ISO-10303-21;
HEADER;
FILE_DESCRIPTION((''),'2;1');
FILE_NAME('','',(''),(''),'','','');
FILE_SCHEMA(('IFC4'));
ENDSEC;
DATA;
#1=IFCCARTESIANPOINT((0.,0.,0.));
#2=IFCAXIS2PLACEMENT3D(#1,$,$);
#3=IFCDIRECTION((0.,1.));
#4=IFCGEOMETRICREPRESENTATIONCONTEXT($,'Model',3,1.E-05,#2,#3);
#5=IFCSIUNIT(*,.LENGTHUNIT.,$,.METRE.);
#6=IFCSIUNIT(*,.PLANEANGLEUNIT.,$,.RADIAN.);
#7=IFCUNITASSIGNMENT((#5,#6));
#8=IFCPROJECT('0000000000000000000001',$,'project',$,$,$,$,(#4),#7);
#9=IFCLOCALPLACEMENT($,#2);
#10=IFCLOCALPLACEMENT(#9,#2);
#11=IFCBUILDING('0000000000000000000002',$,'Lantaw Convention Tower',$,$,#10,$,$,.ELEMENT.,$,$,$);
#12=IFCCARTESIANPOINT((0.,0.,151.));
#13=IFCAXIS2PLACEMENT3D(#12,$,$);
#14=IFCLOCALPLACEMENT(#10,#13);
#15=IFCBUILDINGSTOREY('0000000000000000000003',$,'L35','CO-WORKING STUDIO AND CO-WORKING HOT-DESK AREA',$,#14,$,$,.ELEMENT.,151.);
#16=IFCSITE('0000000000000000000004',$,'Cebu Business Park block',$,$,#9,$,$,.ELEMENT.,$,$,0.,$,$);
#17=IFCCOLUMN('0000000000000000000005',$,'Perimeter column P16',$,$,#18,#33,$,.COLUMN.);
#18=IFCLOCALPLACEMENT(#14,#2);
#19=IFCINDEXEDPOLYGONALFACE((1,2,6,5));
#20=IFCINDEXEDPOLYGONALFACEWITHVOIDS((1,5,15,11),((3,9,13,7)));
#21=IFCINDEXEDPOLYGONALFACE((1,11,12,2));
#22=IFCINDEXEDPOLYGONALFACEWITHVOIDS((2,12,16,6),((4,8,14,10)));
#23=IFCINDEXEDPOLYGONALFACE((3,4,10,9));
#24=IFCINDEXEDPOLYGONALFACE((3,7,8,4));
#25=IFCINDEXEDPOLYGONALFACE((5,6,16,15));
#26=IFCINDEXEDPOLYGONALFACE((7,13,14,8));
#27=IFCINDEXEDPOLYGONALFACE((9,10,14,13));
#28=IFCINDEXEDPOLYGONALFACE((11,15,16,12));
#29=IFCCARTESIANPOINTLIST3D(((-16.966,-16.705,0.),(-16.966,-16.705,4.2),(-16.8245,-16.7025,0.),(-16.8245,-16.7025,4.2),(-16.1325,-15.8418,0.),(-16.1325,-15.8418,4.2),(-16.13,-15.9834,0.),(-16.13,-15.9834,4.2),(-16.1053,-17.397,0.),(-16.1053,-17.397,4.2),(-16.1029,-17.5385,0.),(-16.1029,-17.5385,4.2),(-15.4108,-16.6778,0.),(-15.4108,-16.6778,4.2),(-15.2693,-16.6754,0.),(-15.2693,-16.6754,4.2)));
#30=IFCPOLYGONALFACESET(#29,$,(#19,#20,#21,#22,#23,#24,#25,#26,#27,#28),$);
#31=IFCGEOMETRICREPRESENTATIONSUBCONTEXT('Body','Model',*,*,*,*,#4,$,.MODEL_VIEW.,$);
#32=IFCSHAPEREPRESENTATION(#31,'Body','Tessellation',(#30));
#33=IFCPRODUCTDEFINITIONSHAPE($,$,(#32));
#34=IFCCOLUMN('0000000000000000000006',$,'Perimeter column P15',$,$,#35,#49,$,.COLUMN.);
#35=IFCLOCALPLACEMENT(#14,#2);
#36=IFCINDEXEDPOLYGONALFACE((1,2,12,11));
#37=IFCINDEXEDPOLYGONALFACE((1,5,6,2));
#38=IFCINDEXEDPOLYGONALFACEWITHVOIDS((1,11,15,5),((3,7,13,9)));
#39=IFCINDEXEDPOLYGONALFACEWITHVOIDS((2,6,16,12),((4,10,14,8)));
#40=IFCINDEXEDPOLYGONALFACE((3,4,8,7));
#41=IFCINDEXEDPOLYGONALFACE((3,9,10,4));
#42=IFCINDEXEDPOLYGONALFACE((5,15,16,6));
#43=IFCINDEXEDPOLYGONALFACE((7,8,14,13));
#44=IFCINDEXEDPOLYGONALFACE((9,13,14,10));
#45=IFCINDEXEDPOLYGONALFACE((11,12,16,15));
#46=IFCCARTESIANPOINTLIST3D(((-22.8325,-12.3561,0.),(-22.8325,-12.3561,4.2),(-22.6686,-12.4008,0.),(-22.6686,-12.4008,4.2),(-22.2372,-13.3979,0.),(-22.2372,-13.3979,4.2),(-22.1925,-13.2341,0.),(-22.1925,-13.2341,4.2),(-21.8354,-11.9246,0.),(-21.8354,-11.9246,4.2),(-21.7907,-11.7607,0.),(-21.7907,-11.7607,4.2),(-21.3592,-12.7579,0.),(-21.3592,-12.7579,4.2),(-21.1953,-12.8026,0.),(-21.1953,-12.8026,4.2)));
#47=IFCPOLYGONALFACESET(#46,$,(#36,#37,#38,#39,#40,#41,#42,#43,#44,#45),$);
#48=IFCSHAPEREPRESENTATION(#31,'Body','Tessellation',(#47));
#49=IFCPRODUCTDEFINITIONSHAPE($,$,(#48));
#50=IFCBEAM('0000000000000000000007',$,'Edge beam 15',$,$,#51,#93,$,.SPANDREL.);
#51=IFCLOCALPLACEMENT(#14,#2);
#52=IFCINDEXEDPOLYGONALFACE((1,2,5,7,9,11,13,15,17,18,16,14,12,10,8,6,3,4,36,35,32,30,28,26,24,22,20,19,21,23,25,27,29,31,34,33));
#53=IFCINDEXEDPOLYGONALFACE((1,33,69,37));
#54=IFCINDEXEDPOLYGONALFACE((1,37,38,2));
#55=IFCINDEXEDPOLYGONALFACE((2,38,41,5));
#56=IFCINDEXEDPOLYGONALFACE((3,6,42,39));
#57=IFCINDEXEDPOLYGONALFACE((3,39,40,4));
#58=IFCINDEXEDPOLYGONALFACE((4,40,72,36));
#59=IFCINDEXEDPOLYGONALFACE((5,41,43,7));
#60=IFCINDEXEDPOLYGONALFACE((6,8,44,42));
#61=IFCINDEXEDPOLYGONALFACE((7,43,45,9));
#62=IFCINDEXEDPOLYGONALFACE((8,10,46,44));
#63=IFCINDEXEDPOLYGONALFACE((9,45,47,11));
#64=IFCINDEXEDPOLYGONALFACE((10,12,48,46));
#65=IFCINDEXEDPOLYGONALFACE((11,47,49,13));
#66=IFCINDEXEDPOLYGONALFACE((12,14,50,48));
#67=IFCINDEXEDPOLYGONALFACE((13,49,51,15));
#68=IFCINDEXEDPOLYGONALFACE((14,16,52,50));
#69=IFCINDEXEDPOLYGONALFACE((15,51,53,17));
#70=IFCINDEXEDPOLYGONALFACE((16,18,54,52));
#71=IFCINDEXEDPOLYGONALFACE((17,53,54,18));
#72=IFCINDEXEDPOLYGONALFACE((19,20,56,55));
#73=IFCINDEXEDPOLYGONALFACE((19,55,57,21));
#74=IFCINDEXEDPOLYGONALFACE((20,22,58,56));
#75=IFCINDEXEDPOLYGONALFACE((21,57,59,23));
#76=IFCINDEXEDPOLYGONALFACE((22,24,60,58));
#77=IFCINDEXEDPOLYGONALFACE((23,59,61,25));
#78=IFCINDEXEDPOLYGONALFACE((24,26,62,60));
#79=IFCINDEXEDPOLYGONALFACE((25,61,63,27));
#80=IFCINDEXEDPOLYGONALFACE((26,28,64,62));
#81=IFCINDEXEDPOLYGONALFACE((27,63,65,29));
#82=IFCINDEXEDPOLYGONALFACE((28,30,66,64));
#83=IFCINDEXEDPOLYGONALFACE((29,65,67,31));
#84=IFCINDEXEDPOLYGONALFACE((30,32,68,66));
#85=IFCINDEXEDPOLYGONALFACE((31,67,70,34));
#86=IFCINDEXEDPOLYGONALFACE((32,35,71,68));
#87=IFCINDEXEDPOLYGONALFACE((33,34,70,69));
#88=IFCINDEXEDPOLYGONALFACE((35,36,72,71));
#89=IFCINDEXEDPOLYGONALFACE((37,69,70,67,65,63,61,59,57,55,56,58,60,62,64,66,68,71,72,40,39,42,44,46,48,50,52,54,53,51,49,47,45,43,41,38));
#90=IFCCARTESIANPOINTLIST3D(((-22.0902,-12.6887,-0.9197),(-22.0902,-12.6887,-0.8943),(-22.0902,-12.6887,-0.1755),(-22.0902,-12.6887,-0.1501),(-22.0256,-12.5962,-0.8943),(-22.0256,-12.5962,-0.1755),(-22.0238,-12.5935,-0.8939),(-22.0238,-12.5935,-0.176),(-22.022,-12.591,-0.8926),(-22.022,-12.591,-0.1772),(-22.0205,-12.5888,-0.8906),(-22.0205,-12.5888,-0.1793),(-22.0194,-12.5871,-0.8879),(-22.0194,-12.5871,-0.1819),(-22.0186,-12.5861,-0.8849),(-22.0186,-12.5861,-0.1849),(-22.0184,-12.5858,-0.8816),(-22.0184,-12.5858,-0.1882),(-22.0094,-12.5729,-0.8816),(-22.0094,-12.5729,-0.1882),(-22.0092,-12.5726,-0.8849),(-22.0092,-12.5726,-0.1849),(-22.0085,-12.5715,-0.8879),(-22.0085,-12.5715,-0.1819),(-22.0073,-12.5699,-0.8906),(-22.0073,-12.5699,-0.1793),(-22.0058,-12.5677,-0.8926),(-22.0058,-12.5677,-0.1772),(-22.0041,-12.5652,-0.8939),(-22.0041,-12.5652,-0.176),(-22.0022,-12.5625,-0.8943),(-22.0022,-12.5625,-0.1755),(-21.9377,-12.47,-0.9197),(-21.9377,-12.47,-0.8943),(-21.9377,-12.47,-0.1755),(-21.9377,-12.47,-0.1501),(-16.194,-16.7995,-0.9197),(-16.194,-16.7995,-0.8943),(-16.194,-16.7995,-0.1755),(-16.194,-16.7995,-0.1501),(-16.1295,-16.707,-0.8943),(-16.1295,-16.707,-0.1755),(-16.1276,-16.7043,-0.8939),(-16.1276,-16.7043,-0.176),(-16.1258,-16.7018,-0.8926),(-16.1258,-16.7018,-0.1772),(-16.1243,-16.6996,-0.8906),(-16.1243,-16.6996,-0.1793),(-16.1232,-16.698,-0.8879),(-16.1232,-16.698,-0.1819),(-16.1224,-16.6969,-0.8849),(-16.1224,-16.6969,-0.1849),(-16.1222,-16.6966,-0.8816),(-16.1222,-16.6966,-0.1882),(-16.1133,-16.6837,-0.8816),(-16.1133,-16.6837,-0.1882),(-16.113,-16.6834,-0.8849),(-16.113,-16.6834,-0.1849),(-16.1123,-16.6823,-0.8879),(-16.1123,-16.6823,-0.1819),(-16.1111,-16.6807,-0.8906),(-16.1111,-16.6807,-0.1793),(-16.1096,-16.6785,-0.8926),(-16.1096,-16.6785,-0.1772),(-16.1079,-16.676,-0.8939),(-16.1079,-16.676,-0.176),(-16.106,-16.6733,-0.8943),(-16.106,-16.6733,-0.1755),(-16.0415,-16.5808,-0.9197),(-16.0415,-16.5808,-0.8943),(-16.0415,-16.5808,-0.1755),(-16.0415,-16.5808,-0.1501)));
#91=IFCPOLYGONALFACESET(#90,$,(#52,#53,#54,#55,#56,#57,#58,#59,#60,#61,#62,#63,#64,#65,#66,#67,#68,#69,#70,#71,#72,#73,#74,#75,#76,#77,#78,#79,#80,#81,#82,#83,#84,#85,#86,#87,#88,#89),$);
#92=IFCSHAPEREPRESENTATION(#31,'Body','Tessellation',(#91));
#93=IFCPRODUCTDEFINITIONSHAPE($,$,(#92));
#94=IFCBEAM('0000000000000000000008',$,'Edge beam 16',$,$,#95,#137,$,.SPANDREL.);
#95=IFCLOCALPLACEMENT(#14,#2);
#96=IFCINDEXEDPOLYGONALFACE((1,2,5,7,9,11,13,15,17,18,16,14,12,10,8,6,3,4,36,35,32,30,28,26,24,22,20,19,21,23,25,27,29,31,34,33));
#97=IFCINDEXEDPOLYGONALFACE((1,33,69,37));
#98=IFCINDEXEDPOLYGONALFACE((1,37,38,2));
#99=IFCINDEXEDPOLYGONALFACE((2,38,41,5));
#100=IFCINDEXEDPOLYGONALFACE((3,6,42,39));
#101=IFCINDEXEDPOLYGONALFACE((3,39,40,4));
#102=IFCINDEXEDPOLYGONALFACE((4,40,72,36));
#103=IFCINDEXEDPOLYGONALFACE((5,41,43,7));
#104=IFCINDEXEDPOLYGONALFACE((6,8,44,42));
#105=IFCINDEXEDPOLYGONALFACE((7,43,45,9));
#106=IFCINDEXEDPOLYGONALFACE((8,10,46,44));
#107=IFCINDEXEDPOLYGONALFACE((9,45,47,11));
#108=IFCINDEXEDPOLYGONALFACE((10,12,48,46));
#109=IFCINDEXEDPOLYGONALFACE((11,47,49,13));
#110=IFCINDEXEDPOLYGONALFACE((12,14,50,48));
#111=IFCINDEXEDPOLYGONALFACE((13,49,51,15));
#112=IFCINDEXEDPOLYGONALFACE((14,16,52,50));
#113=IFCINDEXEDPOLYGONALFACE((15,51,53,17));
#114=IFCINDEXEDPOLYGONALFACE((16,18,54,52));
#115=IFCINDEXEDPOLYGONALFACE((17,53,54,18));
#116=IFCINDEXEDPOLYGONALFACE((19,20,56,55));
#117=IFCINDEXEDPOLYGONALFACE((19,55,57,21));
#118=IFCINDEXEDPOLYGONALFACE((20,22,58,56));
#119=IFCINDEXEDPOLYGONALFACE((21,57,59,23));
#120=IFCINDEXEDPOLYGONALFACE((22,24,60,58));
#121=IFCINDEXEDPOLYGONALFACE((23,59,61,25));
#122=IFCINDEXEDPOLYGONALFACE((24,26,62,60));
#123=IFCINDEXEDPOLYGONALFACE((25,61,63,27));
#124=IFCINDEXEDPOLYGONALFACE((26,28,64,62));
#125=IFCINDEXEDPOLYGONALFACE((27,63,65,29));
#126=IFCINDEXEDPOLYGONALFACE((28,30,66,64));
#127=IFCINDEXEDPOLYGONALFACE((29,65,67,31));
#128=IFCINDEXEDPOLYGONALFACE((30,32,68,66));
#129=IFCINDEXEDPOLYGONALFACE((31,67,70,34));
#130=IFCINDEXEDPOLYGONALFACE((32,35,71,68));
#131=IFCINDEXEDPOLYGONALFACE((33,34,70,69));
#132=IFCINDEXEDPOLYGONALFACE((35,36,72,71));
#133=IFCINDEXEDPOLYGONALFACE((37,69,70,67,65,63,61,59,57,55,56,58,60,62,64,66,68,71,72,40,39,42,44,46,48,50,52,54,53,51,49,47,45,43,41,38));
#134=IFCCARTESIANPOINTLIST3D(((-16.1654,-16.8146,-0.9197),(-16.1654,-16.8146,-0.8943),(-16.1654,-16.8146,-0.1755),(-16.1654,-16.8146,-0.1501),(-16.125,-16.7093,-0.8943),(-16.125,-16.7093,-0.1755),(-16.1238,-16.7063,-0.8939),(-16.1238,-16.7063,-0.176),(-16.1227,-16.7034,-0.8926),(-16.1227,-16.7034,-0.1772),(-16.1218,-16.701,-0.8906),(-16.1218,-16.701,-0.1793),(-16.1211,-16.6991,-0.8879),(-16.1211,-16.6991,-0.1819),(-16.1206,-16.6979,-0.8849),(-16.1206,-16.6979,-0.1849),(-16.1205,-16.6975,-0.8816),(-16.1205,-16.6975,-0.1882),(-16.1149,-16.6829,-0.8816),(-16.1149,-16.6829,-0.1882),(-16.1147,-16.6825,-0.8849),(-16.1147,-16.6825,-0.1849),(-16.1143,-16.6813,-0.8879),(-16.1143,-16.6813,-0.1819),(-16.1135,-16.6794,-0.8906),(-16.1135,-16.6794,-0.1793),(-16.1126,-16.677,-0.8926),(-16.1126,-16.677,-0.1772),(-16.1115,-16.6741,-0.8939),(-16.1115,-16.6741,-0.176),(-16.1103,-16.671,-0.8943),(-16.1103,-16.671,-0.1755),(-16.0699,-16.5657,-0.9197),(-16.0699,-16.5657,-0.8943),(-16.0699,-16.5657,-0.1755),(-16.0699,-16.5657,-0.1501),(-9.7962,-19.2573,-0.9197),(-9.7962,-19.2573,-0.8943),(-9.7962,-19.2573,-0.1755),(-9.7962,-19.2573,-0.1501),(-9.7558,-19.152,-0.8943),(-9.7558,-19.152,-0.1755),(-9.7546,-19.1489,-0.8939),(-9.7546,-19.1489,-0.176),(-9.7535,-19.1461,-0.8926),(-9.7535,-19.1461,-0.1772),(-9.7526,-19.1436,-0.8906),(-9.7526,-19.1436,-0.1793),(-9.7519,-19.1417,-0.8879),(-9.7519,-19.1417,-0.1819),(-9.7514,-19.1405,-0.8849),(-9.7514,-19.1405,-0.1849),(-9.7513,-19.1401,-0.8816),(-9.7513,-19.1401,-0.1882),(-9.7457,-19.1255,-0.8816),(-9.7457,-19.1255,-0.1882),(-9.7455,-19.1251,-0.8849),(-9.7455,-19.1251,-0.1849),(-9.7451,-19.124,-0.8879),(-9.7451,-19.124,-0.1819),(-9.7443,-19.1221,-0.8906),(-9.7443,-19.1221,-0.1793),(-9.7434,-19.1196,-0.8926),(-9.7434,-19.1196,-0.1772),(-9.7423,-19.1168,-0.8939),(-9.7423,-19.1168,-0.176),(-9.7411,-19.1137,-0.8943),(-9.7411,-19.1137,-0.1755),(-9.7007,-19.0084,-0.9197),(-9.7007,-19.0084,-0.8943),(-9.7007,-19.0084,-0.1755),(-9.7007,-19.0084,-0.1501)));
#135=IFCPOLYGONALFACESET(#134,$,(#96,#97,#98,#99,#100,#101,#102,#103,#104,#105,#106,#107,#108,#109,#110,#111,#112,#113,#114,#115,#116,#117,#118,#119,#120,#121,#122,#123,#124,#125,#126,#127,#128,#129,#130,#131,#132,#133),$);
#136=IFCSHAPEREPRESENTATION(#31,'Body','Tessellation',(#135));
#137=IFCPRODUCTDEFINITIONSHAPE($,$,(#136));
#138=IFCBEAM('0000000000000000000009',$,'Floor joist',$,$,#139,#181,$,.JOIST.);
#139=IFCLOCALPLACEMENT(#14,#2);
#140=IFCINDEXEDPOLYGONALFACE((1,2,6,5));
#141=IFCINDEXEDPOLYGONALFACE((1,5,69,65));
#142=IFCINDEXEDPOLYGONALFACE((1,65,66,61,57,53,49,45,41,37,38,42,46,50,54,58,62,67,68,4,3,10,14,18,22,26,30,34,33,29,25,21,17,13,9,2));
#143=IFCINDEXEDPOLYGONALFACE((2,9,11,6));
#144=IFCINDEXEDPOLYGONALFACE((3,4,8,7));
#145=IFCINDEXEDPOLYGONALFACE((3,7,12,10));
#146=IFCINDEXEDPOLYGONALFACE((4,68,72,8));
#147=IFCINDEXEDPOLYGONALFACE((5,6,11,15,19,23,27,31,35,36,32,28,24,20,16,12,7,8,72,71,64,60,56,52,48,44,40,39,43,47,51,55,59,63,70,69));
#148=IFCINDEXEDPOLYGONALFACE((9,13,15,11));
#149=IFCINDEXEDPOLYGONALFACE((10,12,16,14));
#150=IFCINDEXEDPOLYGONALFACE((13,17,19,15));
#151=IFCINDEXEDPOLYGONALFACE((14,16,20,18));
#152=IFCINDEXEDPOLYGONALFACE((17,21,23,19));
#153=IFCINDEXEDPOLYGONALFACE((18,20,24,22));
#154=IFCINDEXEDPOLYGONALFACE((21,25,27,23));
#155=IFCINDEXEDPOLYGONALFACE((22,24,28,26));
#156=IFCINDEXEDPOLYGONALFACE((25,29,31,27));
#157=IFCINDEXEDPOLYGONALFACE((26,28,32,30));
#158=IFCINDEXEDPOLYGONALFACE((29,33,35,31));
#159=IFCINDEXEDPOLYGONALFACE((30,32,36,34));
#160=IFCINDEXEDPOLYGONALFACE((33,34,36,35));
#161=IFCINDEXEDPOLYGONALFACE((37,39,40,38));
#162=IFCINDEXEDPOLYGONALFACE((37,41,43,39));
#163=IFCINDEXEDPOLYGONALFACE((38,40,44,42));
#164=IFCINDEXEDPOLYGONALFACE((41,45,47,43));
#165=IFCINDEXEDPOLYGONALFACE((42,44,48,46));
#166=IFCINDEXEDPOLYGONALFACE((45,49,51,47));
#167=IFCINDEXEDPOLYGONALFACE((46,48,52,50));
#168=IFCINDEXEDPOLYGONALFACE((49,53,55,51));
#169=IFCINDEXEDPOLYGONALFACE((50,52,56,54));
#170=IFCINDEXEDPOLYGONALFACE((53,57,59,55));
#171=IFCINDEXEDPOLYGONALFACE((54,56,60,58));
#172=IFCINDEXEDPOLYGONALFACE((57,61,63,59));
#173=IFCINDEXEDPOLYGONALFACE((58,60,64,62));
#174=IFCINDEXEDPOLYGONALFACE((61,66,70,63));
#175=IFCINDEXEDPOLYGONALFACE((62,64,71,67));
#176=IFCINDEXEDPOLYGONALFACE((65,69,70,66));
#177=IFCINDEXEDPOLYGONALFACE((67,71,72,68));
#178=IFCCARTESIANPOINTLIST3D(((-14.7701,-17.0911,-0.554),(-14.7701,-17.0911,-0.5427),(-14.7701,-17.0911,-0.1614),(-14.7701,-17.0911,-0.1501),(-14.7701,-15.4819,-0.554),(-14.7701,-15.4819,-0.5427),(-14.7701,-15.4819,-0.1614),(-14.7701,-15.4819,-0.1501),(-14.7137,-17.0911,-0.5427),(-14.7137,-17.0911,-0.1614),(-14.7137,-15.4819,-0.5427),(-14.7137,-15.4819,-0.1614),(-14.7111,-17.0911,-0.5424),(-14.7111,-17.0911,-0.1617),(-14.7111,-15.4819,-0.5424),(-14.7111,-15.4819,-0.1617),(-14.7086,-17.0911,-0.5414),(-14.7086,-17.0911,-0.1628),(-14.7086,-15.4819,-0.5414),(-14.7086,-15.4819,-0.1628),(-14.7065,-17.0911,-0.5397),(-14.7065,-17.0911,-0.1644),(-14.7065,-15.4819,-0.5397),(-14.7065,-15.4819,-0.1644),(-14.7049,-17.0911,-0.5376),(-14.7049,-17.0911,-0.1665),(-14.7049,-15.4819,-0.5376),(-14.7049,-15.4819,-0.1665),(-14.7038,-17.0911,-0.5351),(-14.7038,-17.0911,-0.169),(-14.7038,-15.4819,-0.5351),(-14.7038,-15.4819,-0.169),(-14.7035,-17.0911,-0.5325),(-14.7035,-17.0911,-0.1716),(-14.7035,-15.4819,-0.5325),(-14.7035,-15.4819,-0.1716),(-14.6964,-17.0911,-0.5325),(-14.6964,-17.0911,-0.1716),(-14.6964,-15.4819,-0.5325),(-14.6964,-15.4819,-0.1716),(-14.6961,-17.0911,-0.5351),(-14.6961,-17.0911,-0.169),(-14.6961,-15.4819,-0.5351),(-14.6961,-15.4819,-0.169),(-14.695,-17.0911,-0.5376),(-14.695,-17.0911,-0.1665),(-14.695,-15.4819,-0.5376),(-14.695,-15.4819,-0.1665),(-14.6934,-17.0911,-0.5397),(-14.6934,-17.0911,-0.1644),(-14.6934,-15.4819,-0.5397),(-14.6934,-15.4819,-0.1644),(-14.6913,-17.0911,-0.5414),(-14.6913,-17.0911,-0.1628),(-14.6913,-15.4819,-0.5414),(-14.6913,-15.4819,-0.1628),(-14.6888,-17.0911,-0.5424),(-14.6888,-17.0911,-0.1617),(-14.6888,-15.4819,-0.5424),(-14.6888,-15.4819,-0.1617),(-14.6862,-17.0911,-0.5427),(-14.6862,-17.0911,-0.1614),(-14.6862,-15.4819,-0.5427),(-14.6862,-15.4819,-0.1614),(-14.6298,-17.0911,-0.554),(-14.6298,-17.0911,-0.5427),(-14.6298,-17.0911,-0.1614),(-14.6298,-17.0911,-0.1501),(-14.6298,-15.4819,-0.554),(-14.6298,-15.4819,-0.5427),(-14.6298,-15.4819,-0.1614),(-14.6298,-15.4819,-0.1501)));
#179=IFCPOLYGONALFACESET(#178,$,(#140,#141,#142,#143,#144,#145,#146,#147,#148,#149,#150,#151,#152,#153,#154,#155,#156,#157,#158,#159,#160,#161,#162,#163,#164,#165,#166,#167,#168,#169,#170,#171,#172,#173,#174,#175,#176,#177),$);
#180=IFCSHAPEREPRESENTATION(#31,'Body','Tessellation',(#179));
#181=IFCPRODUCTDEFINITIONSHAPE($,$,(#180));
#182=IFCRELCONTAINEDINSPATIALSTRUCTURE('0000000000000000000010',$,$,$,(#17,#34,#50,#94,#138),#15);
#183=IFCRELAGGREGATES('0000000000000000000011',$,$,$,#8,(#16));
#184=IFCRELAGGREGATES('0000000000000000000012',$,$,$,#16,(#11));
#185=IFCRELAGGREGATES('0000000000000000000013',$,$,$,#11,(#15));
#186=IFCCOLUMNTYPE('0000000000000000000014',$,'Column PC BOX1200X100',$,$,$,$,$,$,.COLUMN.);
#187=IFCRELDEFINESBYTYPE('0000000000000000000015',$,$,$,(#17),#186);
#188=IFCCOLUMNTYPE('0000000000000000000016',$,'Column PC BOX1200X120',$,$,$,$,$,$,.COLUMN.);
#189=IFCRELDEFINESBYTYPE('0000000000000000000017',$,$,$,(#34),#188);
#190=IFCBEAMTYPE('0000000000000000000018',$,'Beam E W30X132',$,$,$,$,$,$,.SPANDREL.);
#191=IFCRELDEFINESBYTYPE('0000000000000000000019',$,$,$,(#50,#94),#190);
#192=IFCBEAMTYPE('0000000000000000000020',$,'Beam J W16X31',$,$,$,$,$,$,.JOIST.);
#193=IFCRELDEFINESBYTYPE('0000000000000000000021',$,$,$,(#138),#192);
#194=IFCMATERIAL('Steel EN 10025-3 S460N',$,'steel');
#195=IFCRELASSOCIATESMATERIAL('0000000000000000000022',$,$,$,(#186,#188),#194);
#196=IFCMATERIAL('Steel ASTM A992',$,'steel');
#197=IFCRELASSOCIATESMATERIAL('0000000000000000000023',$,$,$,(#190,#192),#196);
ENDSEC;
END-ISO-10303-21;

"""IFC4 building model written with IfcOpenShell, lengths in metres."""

from ifc_helpers import new_model, si_unit, direction, frame, origin, origin_2d, place, context, subcontext, project, spatial, rectangle, hollow_rectangle, i_section, extrude, material, material_profile, profile_set, type_object, element, save


model = new_model("IFC4")

# Units and contexts
model_context = context("Model", 3, precision=1e-05, world=origin(), true_north=direction((0.0, 1.0)))
body_context = subcontext(model_context, "Body", "Model", "MODEL_VIEW")
ifc_project = project(units=[si_unit("LENGTHUNIT", "METRE"), si_unit("PLANEANGLEUNIT", "RADIAN")], contexts=[model_context])

# Site, building, storey
site_placement = place(None, origin())
site = spatial("IfcSite", under=ifc_project, at=site_placement, Name="Cebu Business Park block", CompositionType="ELEMENT", RefElevation=0.0)
building_placement = place(site_placement, origin())
building = spatial("IfcBuilding", under=site, at=building_placement, Name="Lantaw Convention Tower", CompositionType="ELEMENT")
storey_placement = place(building_placement, frame((0.0, 0.0, 151.0)))
storey = spatial("IfcBuildingStorey", under=building, at=storey_placement, Name="L35", Description="CO-WORKING STUDIO AND CO-WORKING HOT-DESK AREA", CompositionType="ELEMENT", Elevation=151.0)

# Columns
ifc_material_1 = material(Name="Steel EN 10025-3 S460N", Category="steel")
ifc_material_profile_1 = material_profile(ifc_material_1, hollow_rectangle(XDim=1.2, YDim=1.2, WallThickness=0.1001, at=origin_2d()), Name="BOX1200X100")
ifc_material_2 = material(Name="Concrete C60/75", Category="concrete")
ifc_material_profile_2 = material_profile(ifc_material_2, rectangle(XDim=1.0, YDim=1.0, at=origin_2d()), Name="Concrete fill of BOX1200X100")
ifc_profile_set_1 = profile_set([ifc_material_profile_1, ifc_material_profile_2], Name="Steel EN 10025-3 S460N")
column_type_1 = type_object("IfcColumnType", Name="Column PC BOX1200X100", PredefinedType="COLUMN", material=ifc_profile_set_1)
column_1_placement = place(storey_placement, frame((-16.1177, -16.6902, 0.0), z_axis=(0.0, 0.0, 1.0), x_axis=(0.694658, 0.71934, 0.0)))
element("IfcColumn", 1, at=column_1_placement, inside=storey, type_object=column_type_1, Name="Perimeter column P16", PredefinedType="COLUMN", context=body_context, shape_type="SweptSolid", body=[
    extrude(hollow_rectangle(XDim=1.2, YDim=1.2, WallThickness=0.1001, at=origin_2d()), origin(), (0.0, 0.0, 1.0), 4.2),
])
ifc_material_profile_3 = material_profile(ifc_material_1, hollow_rectangle(XDim=1.2, YDim=1.2, WallThickness=0.1201, at=origin_2d()), Name="BOX1200X120")
ifc_material_profile_4 = material_profile(ifc_material_2, rectangle(XDim=0.96, YDim=0.96, at=origin_2d()), Name="Concrete fill of BOX1200X120")
ifc_profile_set_2 = profile_set([ifc_material_profile_3, ifc_material_profile_4], Name="Steel EN 10025-3 S460N")
column_type_2 = type_object("IfcColumnType", Name="Column PC BOX1200X120", PredefinedType="COLUMN", material=ifc_profile_set_2)
column_2_placement = place(storey_placement, frame((-22.0139, -12.5793, 0.0), z_axis=(0.0, 0.0, 1.0), x_axis=(0.868243, 0.496139, 0.0)))
element("IfcColumn", 2, at=column_2_placement, inside=storey, type_object=column_type_2, Name="Perimeter column P15", PredefinedType="COLUMN", context=body_context, shape_type="SweptSolid", body=[
    extrude(hollow_rectangle(XDim=1.2, YDim=1.2, WallThickness=0.1201, at=origin_2d()), origin(), (0.0, 0.0, 1.0), 4.2),
])

# Beams
ifc_material_3 = material(Name="Steel ASTM A992", Category="steel")
ifc_material_profile_5 = material_profile(ifc_material_3, i_section(OverallWidth=0.2666, OverallDepth=0.7695, WebThickness=0.0156, FlangeThickness=0.0254, FilletRadius=0.0127, at=origin_2d()), Name="W30X132")
ifc_profile_set_3 = profile_set([ifc_material_profile_5], Name="Steel ASTM A992")
beam_type_1 = type_object("IfcBeamType", Name="Beam E W30X132", PredefinedType="SPANDREL", material=ifc_profile_set_3)
beam_1_placement = place(storey_placement, frame((-22.0139, -12.5793, -0.5349), z_axis=(0.820311, -0.571918, 0.0), x_axis=(0.571918, 0.820311, 0.0)))
element("IfcBeam", 3, at=beam_1_placement, inside=storey, type_object=beam_type_1, Name="Edge beam 15", PredefinedType="SPANDREL", context=body_context, shape_type="SweptSolid", body=[
    extrude(i_section(OverallWidth=0.2666, OverallDepth=0.7695, WebThickness=0.0156, FlangeThickness=0.0254, FilletRadius=0.0127, at=origin_2d()), origin(), (0.0, 0.0, 1.0), 7.1877),
])
beam_2_placement = place(storey_placement, frame((-16.1177, -16.6902, -0.5349), z_axis=(0.933691, -0.35808, 0.0), x_axis=(0.35808, 0.933691, 0.0)))
element("IfcBeam", 4, at=beam_2_placement, inside=storey, type_object=beam_type_1, Name="Edge beam 16", PredefinedType="SPANDREL", context=body_context, shape_type="SweptSolid", body=[
    extrude(i_section(OverallWidth=0.2666, OverallDepth=0.7695, WebThickness=0.0156, FlangeThickness=0.0254, FilletRadius=0.0127, at=origin_2d()), origin(), (0.0, 0.0, 1.0), 6.8215),
])
ifc_material_profile_6 = material_profile(ifc_material_3, i_section(OverallWidth=0.1404, OverallDepth=0.4038, WebThickness=0.0071, FlangeThickness=0.0112, FilletRadius=0.0103, at=origin_2d()), Name="W16X31")
ifc_profile_set_4 = profile_set([ifc_material_profile_6], Name="Steel ASTM A992")
beam_type_2 = type_object("IfcBeamType", Name="Beam J W16X31", PredefinedType="JOIST", material=ifc_profile_set_4)
beam_3_placement = place(storey_placement, frame((-14.7, -17.0911, -0.3521), z_axis=(0.0, 1.0, 0.0), x_axis=(-1.0, 0.0, 0.0)))
element("IfcBeam", 5, at=beam_3_placement, inside=storey, type_object=beam_type_2, Name="Floor joist", PredefinedType="JOIST", context=body_context, shape_type="SweptSolid", body=[
    extrude(i_section(OverallWidth=0.1404, OverallDepth=0.4038, WebThickness=0.0071, FlangeThickness=0.0112, FilletRadius=0.0103, at=origin_2d()), origin(), (0.0, 0.0, 1.0), 1.6091),
])

save(model, "model.ifc")
